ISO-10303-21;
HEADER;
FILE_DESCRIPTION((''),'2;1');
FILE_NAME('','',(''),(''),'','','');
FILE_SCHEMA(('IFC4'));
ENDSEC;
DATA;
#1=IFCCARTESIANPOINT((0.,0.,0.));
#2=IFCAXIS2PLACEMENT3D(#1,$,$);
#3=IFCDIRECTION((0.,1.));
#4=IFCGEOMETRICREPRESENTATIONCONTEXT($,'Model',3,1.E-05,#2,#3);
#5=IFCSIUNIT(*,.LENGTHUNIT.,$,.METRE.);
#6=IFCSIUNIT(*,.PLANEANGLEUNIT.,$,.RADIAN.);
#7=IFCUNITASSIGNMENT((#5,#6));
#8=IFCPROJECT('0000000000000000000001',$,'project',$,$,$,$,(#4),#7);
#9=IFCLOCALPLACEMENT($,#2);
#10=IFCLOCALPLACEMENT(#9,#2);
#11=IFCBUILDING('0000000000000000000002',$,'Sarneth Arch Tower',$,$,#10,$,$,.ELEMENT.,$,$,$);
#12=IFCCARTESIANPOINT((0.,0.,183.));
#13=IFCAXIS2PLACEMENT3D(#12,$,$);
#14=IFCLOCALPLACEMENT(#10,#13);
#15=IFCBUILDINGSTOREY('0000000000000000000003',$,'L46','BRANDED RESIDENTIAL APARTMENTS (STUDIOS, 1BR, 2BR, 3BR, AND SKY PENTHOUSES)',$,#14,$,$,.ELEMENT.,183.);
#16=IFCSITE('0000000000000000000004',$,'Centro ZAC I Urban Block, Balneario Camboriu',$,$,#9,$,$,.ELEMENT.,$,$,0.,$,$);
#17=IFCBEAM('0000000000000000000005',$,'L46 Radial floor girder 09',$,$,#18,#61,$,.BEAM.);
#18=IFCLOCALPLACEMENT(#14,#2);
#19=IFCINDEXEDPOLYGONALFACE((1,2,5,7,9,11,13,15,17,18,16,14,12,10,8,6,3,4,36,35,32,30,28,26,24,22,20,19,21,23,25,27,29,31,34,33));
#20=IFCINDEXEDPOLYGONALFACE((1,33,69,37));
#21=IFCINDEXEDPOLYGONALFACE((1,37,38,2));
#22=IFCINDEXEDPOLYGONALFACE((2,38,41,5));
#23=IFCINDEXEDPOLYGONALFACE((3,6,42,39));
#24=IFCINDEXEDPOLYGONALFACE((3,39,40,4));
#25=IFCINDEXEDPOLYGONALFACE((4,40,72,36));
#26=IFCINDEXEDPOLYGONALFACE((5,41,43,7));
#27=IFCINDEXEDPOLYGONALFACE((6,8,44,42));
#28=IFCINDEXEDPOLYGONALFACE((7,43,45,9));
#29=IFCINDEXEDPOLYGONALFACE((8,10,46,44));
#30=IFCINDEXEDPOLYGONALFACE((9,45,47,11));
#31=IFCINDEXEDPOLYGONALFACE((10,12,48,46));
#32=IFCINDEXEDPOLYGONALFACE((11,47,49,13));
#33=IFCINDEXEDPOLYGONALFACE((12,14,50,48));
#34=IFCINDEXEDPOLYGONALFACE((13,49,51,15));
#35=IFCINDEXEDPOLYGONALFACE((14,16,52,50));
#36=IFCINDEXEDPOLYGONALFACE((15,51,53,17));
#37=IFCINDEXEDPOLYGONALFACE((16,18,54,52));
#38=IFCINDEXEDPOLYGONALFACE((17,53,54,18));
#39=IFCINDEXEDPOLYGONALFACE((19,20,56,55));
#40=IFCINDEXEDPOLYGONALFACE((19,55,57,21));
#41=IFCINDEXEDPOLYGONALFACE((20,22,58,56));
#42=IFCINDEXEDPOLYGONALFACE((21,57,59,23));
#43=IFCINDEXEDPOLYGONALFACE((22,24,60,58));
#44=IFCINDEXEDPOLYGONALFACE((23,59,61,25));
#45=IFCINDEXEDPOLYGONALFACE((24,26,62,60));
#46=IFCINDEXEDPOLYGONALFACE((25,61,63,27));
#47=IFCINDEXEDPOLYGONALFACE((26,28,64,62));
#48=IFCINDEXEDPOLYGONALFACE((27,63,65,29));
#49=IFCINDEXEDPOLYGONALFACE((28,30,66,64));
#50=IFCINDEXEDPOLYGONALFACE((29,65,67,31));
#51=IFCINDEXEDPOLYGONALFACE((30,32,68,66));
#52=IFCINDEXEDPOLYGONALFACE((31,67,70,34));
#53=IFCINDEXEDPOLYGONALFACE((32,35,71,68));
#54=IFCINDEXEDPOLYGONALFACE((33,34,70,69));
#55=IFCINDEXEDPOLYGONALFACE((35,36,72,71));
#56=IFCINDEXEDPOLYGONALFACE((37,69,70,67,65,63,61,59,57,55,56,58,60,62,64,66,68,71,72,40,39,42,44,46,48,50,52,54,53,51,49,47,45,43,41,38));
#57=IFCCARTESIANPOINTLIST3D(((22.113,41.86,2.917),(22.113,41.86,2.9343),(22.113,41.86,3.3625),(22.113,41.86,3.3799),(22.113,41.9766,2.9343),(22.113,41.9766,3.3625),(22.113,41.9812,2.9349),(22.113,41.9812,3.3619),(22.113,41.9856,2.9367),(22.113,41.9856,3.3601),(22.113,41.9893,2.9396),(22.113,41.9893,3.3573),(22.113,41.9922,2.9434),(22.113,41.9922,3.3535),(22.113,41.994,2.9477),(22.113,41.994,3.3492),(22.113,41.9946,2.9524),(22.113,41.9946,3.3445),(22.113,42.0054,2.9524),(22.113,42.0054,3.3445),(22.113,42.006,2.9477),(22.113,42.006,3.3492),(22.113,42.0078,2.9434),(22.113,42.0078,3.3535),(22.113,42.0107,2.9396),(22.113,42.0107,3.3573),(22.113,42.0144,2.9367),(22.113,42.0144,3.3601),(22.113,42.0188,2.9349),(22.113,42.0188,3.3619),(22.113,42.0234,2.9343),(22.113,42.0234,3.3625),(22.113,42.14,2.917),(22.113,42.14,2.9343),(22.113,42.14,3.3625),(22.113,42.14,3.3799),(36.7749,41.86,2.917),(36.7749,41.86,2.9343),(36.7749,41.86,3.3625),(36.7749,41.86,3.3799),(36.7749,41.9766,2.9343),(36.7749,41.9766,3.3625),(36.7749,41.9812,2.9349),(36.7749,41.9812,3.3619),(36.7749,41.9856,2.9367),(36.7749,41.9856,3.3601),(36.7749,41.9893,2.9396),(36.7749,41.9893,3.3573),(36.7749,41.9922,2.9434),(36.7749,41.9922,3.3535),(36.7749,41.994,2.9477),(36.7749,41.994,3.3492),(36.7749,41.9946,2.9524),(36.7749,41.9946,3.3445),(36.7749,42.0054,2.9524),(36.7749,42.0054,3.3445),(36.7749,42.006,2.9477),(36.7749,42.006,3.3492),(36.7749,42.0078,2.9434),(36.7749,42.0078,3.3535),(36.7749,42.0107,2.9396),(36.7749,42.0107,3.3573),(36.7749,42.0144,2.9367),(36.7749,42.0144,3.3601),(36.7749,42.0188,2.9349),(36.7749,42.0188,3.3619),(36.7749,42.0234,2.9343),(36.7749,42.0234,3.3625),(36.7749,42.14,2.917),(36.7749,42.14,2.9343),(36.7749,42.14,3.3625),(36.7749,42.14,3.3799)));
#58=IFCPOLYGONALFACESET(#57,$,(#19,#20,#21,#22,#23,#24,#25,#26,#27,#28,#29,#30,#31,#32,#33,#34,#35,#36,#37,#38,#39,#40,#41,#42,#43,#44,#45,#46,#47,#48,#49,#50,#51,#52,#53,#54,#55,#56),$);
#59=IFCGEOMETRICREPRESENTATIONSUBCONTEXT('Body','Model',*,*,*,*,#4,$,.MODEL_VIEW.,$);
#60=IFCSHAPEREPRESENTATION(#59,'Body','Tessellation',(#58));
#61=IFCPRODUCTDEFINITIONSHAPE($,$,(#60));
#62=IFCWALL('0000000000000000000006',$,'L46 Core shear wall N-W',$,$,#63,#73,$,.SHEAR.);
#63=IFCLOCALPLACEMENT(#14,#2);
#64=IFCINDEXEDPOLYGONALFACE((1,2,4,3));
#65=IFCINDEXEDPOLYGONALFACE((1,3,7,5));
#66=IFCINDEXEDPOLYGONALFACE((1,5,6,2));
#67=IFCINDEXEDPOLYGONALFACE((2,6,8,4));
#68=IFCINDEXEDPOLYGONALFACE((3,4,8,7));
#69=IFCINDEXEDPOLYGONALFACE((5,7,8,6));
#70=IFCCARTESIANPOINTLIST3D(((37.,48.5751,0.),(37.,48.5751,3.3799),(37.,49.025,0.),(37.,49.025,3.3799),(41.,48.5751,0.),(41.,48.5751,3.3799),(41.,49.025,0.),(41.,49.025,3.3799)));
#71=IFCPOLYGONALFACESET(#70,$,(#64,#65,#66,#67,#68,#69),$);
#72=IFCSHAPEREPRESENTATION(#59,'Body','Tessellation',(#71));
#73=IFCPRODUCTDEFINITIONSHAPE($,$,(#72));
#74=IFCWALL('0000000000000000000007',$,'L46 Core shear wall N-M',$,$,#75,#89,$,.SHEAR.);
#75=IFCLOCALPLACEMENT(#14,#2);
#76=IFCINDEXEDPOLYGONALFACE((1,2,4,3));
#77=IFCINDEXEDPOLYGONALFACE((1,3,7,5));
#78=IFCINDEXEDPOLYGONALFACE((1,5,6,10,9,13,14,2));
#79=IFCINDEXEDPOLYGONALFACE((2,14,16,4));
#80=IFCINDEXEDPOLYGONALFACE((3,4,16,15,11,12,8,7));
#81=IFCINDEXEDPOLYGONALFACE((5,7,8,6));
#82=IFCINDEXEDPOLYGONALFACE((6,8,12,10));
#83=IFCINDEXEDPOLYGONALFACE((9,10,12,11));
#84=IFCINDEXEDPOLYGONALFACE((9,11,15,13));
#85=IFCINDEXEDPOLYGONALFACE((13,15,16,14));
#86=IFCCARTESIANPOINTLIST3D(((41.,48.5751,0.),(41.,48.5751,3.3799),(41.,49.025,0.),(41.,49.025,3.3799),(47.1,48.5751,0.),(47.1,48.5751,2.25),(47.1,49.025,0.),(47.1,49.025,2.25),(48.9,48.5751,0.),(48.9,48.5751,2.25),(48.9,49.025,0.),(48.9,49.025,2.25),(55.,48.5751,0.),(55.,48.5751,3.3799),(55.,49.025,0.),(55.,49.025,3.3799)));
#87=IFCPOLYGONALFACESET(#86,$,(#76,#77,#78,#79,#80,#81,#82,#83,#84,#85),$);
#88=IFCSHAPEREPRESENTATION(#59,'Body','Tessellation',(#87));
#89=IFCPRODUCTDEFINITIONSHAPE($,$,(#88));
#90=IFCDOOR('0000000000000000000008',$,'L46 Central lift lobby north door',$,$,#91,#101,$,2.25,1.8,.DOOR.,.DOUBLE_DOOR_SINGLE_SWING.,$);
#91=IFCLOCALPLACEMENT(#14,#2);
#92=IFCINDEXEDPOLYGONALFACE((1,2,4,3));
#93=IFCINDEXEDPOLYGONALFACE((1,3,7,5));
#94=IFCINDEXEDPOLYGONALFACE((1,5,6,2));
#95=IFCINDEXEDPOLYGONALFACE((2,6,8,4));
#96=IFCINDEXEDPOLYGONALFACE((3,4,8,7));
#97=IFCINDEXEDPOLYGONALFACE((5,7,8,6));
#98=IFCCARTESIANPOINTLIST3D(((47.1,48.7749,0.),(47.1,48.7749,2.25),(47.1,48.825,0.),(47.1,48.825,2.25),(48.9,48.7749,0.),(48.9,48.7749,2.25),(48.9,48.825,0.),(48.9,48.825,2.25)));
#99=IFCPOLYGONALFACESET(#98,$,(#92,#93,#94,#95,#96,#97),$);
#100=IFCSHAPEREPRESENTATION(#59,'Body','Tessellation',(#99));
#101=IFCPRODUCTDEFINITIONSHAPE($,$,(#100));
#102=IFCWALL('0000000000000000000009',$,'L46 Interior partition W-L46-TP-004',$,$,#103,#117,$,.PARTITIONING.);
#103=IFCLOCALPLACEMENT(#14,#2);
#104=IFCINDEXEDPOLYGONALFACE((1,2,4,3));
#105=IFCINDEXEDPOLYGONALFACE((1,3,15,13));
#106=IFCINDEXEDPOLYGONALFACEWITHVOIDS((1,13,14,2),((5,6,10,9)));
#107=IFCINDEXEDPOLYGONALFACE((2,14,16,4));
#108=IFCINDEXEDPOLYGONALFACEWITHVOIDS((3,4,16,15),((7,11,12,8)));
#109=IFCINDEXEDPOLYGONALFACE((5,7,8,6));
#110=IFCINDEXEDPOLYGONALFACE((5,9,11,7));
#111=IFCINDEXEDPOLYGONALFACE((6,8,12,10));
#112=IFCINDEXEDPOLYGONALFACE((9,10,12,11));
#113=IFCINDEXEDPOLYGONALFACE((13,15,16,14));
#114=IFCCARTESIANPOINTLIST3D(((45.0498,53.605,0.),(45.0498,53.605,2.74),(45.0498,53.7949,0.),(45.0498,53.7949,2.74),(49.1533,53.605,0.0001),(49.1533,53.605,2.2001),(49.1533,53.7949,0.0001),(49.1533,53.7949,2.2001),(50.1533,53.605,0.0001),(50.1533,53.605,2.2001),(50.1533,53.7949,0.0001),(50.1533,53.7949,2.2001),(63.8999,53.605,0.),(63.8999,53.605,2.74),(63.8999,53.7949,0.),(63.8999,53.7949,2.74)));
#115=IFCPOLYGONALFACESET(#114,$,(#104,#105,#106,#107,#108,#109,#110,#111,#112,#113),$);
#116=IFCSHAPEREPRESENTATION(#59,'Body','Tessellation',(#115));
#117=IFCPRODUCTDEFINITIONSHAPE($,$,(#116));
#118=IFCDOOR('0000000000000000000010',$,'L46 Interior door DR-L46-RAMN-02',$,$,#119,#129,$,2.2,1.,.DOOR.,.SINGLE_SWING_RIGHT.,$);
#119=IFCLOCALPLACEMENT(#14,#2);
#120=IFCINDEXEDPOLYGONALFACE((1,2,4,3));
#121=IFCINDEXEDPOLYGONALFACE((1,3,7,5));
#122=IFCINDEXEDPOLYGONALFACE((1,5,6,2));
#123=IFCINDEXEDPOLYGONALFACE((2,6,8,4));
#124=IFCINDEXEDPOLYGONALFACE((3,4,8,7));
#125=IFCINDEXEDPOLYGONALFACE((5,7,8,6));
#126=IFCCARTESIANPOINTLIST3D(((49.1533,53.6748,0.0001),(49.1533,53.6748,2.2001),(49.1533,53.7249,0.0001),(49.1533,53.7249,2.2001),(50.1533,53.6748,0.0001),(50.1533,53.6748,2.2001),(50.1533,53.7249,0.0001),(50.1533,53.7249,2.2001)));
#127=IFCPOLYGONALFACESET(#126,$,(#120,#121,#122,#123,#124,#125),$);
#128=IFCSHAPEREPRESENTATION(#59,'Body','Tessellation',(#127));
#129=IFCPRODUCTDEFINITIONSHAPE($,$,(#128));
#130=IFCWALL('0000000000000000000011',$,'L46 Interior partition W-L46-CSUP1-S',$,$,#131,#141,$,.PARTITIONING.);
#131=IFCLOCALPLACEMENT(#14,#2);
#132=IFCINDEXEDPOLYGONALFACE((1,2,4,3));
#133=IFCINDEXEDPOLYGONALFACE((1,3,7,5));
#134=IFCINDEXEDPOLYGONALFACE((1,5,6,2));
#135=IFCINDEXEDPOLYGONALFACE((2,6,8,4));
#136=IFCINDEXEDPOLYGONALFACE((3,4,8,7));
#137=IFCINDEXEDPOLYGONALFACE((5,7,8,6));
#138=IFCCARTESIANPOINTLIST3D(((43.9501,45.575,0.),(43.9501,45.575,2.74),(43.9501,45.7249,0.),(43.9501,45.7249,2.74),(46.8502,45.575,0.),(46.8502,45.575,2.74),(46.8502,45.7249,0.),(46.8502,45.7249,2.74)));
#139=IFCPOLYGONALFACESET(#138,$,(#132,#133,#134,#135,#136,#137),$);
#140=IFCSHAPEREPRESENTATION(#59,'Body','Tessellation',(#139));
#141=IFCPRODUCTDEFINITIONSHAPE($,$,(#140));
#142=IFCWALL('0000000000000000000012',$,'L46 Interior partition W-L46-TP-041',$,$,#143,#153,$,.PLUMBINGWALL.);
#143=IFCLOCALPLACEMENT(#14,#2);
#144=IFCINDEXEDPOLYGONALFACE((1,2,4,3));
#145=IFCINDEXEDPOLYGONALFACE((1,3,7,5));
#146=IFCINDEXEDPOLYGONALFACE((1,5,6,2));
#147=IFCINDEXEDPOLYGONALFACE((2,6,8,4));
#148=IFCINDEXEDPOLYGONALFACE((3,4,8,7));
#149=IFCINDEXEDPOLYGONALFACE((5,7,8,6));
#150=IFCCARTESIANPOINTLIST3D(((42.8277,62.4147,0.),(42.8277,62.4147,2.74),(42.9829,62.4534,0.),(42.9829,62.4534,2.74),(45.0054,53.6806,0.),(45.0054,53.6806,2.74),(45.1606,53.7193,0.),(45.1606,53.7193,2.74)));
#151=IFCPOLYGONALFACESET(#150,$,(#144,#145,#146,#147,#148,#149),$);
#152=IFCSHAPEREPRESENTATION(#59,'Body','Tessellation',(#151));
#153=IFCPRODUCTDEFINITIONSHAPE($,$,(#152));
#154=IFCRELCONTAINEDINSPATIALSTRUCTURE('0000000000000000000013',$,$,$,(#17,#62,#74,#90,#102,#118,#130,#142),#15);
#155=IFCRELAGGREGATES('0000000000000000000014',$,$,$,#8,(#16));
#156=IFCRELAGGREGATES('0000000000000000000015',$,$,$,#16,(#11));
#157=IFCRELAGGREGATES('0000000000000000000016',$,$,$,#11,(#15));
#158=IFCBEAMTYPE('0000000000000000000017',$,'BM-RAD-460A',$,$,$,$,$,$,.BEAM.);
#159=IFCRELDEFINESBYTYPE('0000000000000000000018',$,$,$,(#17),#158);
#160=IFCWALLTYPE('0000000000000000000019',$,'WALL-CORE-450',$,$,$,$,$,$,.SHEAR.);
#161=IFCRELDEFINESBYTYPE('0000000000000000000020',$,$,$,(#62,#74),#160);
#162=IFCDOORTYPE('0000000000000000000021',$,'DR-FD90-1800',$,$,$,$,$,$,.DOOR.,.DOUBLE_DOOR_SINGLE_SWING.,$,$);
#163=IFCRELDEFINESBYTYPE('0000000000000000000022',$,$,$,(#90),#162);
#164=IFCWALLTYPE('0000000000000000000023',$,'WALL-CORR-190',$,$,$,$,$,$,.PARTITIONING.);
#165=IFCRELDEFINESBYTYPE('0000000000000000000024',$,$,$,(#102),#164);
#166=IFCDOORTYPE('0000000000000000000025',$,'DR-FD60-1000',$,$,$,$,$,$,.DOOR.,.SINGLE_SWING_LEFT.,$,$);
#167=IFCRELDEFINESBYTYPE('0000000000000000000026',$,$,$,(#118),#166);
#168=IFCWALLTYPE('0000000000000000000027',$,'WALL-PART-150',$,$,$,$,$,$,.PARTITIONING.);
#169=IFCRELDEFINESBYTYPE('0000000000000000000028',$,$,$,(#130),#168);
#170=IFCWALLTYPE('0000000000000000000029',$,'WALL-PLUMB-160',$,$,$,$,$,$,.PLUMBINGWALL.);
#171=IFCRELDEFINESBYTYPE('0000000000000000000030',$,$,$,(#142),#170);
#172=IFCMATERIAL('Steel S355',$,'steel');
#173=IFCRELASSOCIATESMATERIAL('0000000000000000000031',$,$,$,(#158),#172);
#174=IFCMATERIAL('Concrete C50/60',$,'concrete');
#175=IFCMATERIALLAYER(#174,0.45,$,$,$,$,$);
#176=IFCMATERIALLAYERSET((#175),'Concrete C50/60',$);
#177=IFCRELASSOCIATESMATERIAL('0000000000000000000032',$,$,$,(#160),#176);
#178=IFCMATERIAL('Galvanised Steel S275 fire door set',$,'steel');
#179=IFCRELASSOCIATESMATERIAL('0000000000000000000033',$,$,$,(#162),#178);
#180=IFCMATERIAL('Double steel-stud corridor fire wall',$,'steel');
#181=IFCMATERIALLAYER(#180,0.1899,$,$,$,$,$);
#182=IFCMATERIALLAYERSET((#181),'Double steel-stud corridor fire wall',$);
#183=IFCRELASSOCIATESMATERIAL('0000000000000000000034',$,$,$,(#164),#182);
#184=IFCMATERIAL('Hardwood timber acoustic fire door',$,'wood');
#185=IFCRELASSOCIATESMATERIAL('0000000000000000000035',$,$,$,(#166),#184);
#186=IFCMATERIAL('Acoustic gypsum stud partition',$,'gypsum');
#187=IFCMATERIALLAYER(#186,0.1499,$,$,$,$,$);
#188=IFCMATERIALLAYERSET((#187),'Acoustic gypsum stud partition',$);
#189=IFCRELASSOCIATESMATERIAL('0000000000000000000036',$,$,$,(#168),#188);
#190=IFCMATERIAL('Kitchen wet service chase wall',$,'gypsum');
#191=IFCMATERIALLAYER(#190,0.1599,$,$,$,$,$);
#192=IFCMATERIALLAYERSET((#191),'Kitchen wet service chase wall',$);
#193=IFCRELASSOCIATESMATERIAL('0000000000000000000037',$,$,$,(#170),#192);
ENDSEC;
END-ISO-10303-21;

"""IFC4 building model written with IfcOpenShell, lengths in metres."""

from ifc_helpers import new_model, si_unit, direction, frame, frame_2d, origin, origin_2d, place, context, subcontext, project, spatial, rectangle, i_section, extrude, material, layer, layer_set, material_profile, profile_set, type_object, element, fill, save


model = new_model("IFC4")

# Units and contexts
model_context = context("Model", 3, precision=1e-05, world=origin(), true_north=direction((0.0, 1.0)))
body_context = subcontext(model_context, "Body", "Model", "MODEL_VIEW")
ifc_project = project(units=[si_unit("LENGTHUNIT", "METRE"), si_unit("PLANEANGLEUNIT", "RADIAN")], contexts=[model_context])

# Site, building, storey
site_placement = place(None, origin())
site = spatial("IfcSite", under=ifc_project, at=site_placement, Name="Centro ZAC I Urban Block, Balneario Camboriu", CompositionType="ELEMENT", RefElevation=0.0)
building_placement = place(site_placement, origin())
building = spatial("IfcBuilding", under=site, at=building_placement, Name="Sarneth Arch Tower", CompositionType="ELEMENT")
storey_placement = place(building_placement, frame((0.0, 0.0, 183.0)))
storey = spatial("IfcBuildingStorey", under=building, at=storey_placement, Name="L46", Description="BRANDED RESIDENTIAL APARTMENTS (STUDIOS, 1BR, 2BR, 3BR, AND SKY PENTHOUSES)", CompositionType="ELEMENT", Elevation=183.0)

# Beam
ifc_material_1 = material(Name="Steel S355", Category="steel")
ifc_material_profile = material_profile(ifc_material_1, i_section(OverallWidth=0.28, OverallDepth=0.4629, WebThickness=0.0107, FlangeThickness=0.0173, FilletRadius=0.0181, at=origin_2d()), Name="W460x113")
ifc_profile_set = profile_set([ifc_material_profile], Name="Steel S355")
beam_type = type_object("IfcBeamType", Name="BM-RAD-460A", PredefinedType="BEAM", material=ifc_profile_set)
beam_1_placement = place(storey_placement, frame((36.7749, 42.0, 3.1484), z_axis=(-1.0, 0.0, 0.0), x_axis=(0.0, -1.0, 0.0)))
element("IfcBeam", 1, at=beam_1_placement, inside=storey, type_object=beam_type, Name="L46 Radial floor girder 09", PredefinedType="BEAM", context=body_context, shape_type="SweptSolid", body=[
    extrude(i_section(OverallWidth=0.28, OverallDepth=0.4629, WebThickness=0.0107, FlangeThickness=0.0173, FilletRadius=0.0181, at=origin_2d()), origin(), (0.0, 0.0, 1.0), 14.6619),
])

# Wall
ifc_material_2 = material(Name="Concrete C50/60", Category="concrete")
ifc_layer_1 = layer(ifc_material_2, 0.45)
ifc_layer_set_1 = layer_set([ifc_layer_1], Name="Concrete C50/60")
wall_type_1 = type_object("IfcWallType", Name="WALL-CORE-450", PredefinedType="SHEAR", material=ifc_layer_set_1)
wall_1_placement = place(storey_placement, frame((37.0, 48.8, 0.0), z_axis=(0.0, 0.0, 1.0), x_axis=(1.0, 0.0, 0.0)))
element("IfcWall", 2, at=wall_1_placement, inside=storey, type_object=wall_type_1, Name="L46 Core shear wall N-W", PredefinedType="SHEAR", context=body_context, shape_type="SweptSolid", body=[
    extrude(rectangle(XDim=4.0, YDim=0.45, at=frame_2d((2.0, 0.0))), origin(), (0.0, 0.0, 1.0), 3.3799),
])

# Walls, openings, doors
wall_2_placement = place(storey_placement, frame((41.0, 48.8, 0.0), z_axis=(0.0, 0.0, 1.0), x_axis=(1.0, 0.0, 0.0)))
wall_2 = element("IfcWall", 3, at=wall_2_placement, inside=storey, type_object=wall_type_1, Name="L46 Core shear wall N-M", PredefinedType="SHEAR", context=body_context, shape_type="SweptSolid", body=[
    extrude(rectangle(XDim=14.0, YDim=0.45, at=frame_2d((7.0, 0.0))), origin(), (0.0, 0.0, 1.0), 3.3799),
])
opening_1_placement = place(wall_2_placement, frame((6.1001, 0.0, 0.0)))
opening_1 = element("IfcOpeningElement", 4, at=opening_1_placement, cuts=wall_2, PredefinedType="OPENING", context=body_context, shape_type="SweptSolid", body=[
    extrude(rectangle(XDim=1.8, YDim=2.25, at=frame_2d((0.8999, 1.125))), frame((0.0, 0.2349, 0.0), z_axis=(0.0, -1.0, 0.0), x_axis=(1.0, 0.0, 0.0)), (0.0, 0.0, 1.0), 0.47),
])
ifc_material_3 = material(Name="Galvanised Steel S275 fire door set", Category="steel")
door_type_1 = type_object("IfcDoorType", Name="DR-FD90-1800", OperationType="DOUBLE_DOOR_SINGLE_SWING", PredefinedType="DOOR", material=ifc_material_3)
door_1_placement = place(opening_1_placement, origin())
door_1 = element("IfcDoor", 5, at=door_1_placement, inside=storey, type_object=door_type_1, Name="L46 Central lift lobby north door", OperationType="DOUBLE_DOOR_SINGLE_SWING", OverallHeight=2.25, OverallWidth=1.8, PredefinedType="DOOR", context=body_context, shape_type="SweptSolid", body=[
    extrude(rectangle(XDim=1.8, YDim=2.25, at=frame_2d((0.8999, 1.125))), frame((0.0, 0.0249, 0.0), z_axis=(0.0, -1.0, 0.0), x_axis=(1.0, 0.0, 0.0)), (0.0, 0.0, 1.0), 0.05),
])
fill(opening_1, door_1)
ifc_material_4 = material(Name="Double steel-stud corridor fire wall", Category="steel")
ifc_layer_2 = layer(ifc_material_4, 0.1899)
ifc_layer_set_2 = layer_set([ifc_layer_2], Name="Double steel-stud corridor fire wall")
wall_type_2 = type_object("IfcWallType", Name="WALL-CORR-190", PredefinedType="PARTITIONING", material=ifc_layer_set_2)
wall_3_placement = place(storey_placement, frame((45.0498, 53.7, 0.0), z_axis=(0.0, 0.0, 1.0), x_axis=(1.0, 0.0, 0.0)))
wall_3 = element("IfcWall", 6, at=wall_3_placement, inside=storey, type_object=wall_type_2, Name="L46 Interior partition W-L46-TP-004", PredefinedType="PARTITIONING", context=body_context, shape_type="SweptSolid", body=[
    extrude(rectangle(XDim=18.8501, YDim=0.1899, at=frame_2d((9.425, 0.0))), origin(), (0.0, 0.0, 1.0), 2.74),
])
opening_2_placement = place(wall_3_placement, frame((4.1035, 0.0, 0.0)))
opening_2 = element("IfcOpeningElement", 7, at=opening_2_placement, cuts=wall_3, PredefinedType="OPENING", context=body_context, shape_type="SweptSolid", body=[
    extrude(rectangle(XDim=1.0, YDim=2.2, at=frame_2d((0.5, 1.1001))), frame((0.0, 0.105, 0.0), z_axis=(0.0, -1.0, 0.0), x_axis=(1.0, 0.0, 0.0)), (0.0, 0.0, 1.0), 0.21),
])
ifc_material_5 = material(Name="Hardwood timber acoustic fire door", Category="wood")
door_type_2 = type_object("IfcDoorType", Name="DR-FD60-1000", OperationType="SINGLE_SWING_LEFT", PredefinedType="DOOR", material=ifc_material_5)
door_2_placement = place(opening_2_placement, origin())
door_2 = element("IfcDoor", 8, at=door_2_placement, inside=storey, type_object=door_type_2, Name="L46 Interior door DR-L46-RAMN-02", OperationType="SINGLE_SWING_RIGHT", OverallHeight=2.2, OverallWidth=1.0, PredefinedType="DOOR", context=body_context, shape_type="SweptSolid", body=[
    extrude(rectangle(XDim=1.0, YDim=2.2, at=frame_2d((0.5, 1.1001))), frame((0.0, 0.0249, 0.0), z_axis=(0.0, -1.0, 0.0), x_axis=(1.0, 0.0, 0.0)), (0.0, 0.0, 1.0), 0.05),
])
fill(opening_2, door_2)

# Wall
ifc_material_6 = material(Name="Acoustic gypsum stud partition", Category="gypsum")
ifc_layer_3 = layer(ifc_material_6, 0.1499)
ifc_layer_set_3 = layer_set([ifc_layer_3], Name="Acoustic gypsum stud partition")
wall_type_3 = type_object("IfcWallType", Name="WALL-PART-150", PredefinedType="PARTITIONING", material=ifc_layer_set_3)
wall_4_placement = place(storey_placement, frame((43.95, 45.6499, 0.0), z_axis=(0.0, 0.0, 1.0), x_axis=(1.0, 0.0, 0.0)))
element("IfcWall", 9, at=wall_4_placement, inside=storey, type_object=wall_type_3, Name="L46 Interior partition W-L46-CSUP1-S", PredefinedType="PARTITIONING", context=body_context, shape_type="SweptSolid", body=[
    extrude(rectangle(XDim=2.9001, YDim=0.1499, at=frame_2d((1.4502, 0.0))), origin(), (0.0, 0.0, 1.0), 2.74),
])

# Wall
ifc_material_7 = material(Name="Kitchen wet service chase wall", Category="gypsum")
ifc_layer_4 = layer(ifc_material_7, 0.1599)
ifc_layer_set_4 = layer_set([ifc_layer_4], Name="Kitchen wet service chase wall")
wall_type_4 = type_object("IfcWallType", Name="WALL-PLUMB-160", PredefinedType="PLUMBINGWALL", material=ifc_layer_set_4)
wall_5_placement = place(storey_placement, frame((45.083, 53.7, 0.0), z_axis=(0.0, 0.0, 1.0), x_axis=(-0.241929, 0.970294, 0.0)))
element("IfcWall", 10, at=wall_5_placement, inside=storey, type_object=wall_type_4, Name="L46 Interior partition W-L46-TP-041", PredefinedType="PLUMBINGWALL", context=body_context, shape_type="SweptSolid", body=[
    extrude(rectangle(XDim=9.0015, YDim=0.1599, at=frame_2d((4.5007, 0.0))), origin(), (0.0, 0.0, 1.0), 2.74),
])

save(model, "model.ifc")
